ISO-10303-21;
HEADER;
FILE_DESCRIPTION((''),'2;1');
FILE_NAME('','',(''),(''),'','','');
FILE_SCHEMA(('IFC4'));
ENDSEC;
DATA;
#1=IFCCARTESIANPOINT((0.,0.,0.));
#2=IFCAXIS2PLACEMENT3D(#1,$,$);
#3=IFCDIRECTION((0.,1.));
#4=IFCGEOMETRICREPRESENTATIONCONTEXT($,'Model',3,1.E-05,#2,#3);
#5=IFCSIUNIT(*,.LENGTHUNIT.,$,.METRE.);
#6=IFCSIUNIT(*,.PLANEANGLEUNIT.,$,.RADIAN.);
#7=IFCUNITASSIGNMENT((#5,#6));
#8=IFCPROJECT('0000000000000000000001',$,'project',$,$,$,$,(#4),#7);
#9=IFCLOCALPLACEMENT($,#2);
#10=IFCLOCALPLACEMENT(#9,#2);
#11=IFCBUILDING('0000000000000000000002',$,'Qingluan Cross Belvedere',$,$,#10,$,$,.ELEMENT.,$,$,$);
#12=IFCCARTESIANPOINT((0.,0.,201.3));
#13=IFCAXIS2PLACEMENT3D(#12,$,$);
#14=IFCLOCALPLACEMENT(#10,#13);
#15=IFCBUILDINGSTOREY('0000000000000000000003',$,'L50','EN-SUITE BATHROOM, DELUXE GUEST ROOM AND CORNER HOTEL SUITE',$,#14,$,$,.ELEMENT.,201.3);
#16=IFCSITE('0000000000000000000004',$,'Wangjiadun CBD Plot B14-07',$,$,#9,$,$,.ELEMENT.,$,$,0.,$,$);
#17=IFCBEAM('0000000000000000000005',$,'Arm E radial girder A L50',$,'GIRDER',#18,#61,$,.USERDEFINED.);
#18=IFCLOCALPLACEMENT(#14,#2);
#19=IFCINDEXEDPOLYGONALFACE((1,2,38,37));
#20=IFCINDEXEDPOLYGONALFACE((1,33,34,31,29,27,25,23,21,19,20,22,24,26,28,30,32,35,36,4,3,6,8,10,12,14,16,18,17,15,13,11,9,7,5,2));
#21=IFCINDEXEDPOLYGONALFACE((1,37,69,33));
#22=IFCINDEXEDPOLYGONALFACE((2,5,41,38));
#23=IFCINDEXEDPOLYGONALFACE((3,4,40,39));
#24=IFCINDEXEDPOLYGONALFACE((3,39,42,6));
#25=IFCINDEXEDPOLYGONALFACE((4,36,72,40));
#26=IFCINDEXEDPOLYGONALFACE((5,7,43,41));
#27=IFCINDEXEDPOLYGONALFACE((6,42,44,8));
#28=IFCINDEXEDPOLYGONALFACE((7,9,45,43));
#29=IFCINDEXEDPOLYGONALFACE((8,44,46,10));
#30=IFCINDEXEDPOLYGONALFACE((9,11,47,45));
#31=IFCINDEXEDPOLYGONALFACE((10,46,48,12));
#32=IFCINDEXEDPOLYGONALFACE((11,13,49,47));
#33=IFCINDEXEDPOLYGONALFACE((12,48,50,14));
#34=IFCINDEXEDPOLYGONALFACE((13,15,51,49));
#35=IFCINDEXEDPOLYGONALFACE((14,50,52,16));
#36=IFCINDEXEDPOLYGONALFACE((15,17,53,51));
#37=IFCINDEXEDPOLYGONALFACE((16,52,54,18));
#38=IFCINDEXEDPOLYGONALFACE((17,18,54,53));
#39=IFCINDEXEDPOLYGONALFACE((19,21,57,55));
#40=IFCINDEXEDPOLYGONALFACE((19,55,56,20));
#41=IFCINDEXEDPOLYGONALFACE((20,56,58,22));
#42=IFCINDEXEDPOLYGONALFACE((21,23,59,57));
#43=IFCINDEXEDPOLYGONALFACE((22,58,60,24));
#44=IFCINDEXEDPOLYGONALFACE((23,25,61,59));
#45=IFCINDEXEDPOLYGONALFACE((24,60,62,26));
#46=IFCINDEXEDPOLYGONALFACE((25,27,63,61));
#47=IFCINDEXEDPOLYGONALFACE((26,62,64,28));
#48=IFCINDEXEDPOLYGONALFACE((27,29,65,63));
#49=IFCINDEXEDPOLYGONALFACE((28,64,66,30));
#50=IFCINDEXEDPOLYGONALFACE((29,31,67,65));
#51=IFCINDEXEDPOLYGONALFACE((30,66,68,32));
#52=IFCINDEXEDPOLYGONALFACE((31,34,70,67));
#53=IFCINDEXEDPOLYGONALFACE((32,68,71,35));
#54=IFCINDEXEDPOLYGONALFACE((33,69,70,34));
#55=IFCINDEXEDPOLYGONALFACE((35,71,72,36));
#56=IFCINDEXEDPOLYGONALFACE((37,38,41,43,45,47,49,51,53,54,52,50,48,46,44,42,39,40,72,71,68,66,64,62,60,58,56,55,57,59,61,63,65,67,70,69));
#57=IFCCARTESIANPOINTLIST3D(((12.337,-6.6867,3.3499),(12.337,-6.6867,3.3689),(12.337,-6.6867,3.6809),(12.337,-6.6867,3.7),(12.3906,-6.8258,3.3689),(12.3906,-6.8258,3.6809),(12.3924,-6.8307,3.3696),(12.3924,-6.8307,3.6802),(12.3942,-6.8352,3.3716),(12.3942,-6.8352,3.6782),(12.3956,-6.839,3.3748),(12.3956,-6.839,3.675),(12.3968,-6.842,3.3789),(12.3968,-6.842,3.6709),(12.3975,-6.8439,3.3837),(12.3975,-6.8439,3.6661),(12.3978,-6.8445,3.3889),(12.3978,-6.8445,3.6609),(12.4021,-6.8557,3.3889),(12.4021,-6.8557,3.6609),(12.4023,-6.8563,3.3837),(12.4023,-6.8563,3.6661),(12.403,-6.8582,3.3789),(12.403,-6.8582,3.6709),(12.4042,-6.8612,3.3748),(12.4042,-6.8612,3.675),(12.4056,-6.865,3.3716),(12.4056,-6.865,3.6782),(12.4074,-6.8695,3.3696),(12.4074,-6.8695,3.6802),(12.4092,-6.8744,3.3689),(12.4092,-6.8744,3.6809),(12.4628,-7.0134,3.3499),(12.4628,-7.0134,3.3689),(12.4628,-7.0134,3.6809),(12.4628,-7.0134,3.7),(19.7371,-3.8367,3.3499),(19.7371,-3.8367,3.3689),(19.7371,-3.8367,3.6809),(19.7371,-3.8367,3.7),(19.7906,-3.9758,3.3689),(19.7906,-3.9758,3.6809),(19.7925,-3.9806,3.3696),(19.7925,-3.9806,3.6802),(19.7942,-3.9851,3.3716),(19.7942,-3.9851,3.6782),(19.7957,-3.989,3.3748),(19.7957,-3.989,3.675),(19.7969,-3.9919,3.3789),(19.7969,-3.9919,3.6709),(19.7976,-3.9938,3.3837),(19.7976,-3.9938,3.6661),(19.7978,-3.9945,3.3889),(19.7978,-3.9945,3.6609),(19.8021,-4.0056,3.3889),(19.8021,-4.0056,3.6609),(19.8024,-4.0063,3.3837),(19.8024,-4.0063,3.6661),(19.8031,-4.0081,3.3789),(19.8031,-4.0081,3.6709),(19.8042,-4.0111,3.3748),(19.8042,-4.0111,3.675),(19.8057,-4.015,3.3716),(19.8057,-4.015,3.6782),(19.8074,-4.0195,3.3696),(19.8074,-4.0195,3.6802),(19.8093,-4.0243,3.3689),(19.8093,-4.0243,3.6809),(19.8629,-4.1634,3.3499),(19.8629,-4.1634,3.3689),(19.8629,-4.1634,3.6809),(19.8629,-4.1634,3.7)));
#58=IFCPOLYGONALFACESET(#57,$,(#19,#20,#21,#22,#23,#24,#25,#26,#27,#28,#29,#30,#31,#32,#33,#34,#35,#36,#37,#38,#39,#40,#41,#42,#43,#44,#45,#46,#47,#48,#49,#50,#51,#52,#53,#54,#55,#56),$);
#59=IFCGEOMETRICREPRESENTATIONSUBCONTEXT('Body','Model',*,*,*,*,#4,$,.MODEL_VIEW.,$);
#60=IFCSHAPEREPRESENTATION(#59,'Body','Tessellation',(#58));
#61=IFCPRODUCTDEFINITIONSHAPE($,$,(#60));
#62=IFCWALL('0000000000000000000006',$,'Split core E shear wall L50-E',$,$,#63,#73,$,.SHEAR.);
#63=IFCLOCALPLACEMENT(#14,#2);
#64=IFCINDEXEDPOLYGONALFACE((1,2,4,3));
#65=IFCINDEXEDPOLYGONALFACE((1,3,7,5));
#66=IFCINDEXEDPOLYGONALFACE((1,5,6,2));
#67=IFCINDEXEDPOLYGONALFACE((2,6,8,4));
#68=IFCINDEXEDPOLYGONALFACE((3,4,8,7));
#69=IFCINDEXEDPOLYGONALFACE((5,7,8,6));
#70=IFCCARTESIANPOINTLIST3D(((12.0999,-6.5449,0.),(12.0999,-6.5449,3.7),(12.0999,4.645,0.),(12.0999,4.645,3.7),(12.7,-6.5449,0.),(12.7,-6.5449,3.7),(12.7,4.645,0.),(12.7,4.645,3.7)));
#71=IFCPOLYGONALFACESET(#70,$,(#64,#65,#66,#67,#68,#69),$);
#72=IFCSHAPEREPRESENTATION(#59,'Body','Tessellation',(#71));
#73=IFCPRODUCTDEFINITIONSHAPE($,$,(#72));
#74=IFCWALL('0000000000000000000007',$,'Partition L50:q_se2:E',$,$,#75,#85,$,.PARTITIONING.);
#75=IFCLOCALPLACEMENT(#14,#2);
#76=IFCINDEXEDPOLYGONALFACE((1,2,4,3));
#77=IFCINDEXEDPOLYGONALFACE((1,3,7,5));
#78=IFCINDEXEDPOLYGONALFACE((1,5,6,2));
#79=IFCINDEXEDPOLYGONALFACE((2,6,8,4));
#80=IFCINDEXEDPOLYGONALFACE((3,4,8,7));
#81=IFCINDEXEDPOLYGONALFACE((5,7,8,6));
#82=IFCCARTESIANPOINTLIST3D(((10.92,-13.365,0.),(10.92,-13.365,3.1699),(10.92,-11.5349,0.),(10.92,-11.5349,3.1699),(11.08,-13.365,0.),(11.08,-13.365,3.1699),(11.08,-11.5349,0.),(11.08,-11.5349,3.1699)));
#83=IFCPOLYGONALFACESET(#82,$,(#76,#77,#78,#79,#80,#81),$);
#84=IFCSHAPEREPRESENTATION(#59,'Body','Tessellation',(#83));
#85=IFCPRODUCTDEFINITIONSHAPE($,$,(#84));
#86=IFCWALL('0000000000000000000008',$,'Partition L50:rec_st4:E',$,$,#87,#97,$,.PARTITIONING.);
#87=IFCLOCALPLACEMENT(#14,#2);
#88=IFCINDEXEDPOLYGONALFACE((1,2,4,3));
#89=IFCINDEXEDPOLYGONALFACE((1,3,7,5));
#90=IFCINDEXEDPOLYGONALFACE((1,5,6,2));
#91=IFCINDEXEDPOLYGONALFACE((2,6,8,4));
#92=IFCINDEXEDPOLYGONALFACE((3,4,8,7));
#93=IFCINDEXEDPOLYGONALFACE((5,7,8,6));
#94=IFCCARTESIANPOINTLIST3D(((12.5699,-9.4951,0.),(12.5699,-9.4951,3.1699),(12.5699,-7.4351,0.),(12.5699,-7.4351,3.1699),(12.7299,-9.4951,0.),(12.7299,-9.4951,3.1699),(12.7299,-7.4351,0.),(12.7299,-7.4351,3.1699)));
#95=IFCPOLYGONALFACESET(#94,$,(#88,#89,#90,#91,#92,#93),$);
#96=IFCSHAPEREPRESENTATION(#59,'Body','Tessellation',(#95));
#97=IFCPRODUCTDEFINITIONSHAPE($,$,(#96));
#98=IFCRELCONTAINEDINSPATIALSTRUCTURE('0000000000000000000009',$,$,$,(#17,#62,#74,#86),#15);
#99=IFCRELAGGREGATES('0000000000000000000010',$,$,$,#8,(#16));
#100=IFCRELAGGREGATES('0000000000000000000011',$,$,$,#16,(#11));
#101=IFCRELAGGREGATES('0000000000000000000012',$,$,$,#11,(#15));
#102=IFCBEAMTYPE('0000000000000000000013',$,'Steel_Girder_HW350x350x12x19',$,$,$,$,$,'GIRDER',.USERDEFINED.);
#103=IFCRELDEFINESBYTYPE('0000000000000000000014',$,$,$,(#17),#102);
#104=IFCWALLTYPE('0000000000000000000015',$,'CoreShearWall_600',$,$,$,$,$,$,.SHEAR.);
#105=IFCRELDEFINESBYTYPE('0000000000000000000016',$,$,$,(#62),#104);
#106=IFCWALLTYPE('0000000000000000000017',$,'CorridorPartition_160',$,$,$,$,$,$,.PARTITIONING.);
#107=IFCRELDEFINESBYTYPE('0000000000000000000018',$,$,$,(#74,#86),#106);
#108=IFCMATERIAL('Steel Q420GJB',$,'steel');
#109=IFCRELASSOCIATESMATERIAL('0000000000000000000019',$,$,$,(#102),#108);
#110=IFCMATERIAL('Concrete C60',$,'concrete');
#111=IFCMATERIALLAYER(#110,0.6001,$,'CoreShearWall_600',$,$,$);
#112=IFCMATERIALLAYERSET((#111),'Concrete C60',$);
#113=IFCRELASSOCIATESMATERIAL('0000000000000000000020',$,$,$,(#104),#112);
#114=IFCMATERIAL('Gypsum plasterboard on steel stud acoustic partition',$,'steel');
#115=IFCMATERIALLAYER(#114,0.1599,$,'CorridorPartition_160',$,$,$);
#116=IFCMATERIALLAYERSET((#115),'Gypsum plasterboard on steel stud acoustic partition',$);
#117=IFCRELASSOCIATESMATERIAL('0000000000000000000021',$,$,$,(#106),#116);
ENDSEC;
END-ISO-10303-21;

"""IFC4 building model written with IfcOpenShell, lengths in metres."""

from ifc_helpers import new_model, si_unit, direction, frame, frame_2d, origin, origin_2d, place, context, subcontext, project, spatial, rectangle, i_section, extrude, material, layer, layer_set, material_profile, profile_set, type_object, element, save


model = new_model("IFC4")

# Units and contexts
model_context = context("Model", 3, precision=1e-05, world=origin(), true_north=direction((0.0, 1.0)))
body_context = subcontext(model_context, "Body", "Model", "MODEL_VIEW")
ifc_project = project(units=[si_unit("LENGTHUNIT", "METRE"), si_unit("PLANEANGLEUNIT", "RADIAN")], contexts=[model_context])

# Site, building, storey
site_placement = place(None, origin())
site = spatial("IfcSite", under=ifc_project, at=site_placement, Name="Wangjiadun CBD Plot B14-07", CompositionType="ELEMENT", RefElevation=0.0)
building_placement = place(site_placement, origin())
building = spatial("IfcBuilding", under=site, at=building_placement, Name="Qingluan Cross Belvedere", CompositionType="ELEMENT")
storey_placement = place(building_placement, frame((0.0, 0.0, 201.3)))
storey = spatial("IfcBuildingStorey", under=building, at=storey_placement, Name="L50", Description="EN-SUITE BATHROOM, DELUXE GUEST ROOM AND CORNER HOTEL SUITE", CompositionType="ELEMENT", Elevation=201.3)

# Beam
ifc_material_1 = material(Name="Steel Q420GJB", Category="steel")
ifc_material_profile_1 = material_profile(ifc_material_1, i_section(OverallWidth=0.3501, OverallDepth=0.3501, WebThickness=0.012, FlangeThickness=0.019, FilletRadius=0.02, at=origin_2d()), Name="HW350x350x12x19")
ifc_profile_set_1 = profile_set([ifc_material_profile_1], Name="Steel Q420GJB")
beam_type_1 = type_object("IfcBeamType", Name="Steel_Girder_HW350x350x12x19", ElementType="GIRDER", PredefinedType="USERDEFINED", material=ifc_profile_set_1)
beam_1_placement = place(storey_placement, frame((12.3999, -6.8501, 3.5249), z_axis=(0.933181, 0.359406, 0.0), x_axis=(-0.359406, 0.933181, 0.0)))
element("IfcBeam", 1, at=beam_1_placement, inside=storey, type_object=beam_type_1, Name="Arm E radial girder A L50", ObjectType="GIRDER", PredefinedType="USERDEFINED", context=body_context, shape_type="SweptSolid", body=[
    extrude(i_section(OverallWidth=0.3501, OverallDepth=0.3501, WebThickness=0.012, FlangeThickness=0.019, FilletRadius=0.02, at=origin_2d()), origin(), (0.0, 0.0, 1.0), 7.9299),
])

# Walls
ifc_material_2 = material(Name="Concrete C60", Category="concrete")
ifc_layer_1 = layer(ifc_material_2, 0.6001, Name="CoreShearWall_600")
ifc_layer_set_1 = layer_set([ifc_layer_1], Name="Concrete C60")
wall_type_1 = type_object("IfcWallType", Name="CoreShearWall_600", PredefinedType="SHEAR", material=ifc_layer_set_1)
wall_1_placement = place(storey_placement, frame((12.3999, -6.5449, 0.0), z_axis=(0.0, 0.0, 1.0), x_axis=(0.0, 1.0, 0.0)))
element("IfcWall", 2, at=wall_1_placement, inside=storey, type_object=wall_type_1, Name="Split core E shear wall L50-E", PredefinedType="SHEAR", context=body_context, shape_type="SweptSolid", body=[
    extrude(rectangle(XDim=11.1899, YDim=0.6001, at=frame_2d((5.595, 0.0))), origin(), (0.0, 0.0, 1.0), 3.7),
])
ifc_material_3 = material(Name="Gypsum plasterboard on steel stud acoustic partition", Category="steel")
ifc_layer_2 = layer(ifc_material_3, 0.1599, Name="CorridorPartition_160")
ifc_layer_set_2 = layer_set([ifc_layer_2], Name="Gypsum plasterboard on steel stud acoustic partition")
wall_type_2 = type_object("IfcWallType", Name="CorridorPartition_160", PredefinedType="PARTITIONING", material=ifc_layer_set_2)
wall_2_placement = place(storey_placement, frame((11.0, -13.365, 0.0), z_axis=(0.0, 0.0, 1.0), x_axis=(0.0, 1.0, 0.0)))
element("IfcWall", 3, at=wall_2_placement, inside=storey, type_object=wall_type_2, Name="Partition L50:q_se2:E", PredefinedType="PARTITIONING", context=body_context, shape_type="SweptSolid", body=[
    extrude(rectangle(XDim=1.8301, YDim=0.1599, at=frame_2d((0.915, 0.0))), origin(), (0.0, 0.0, 1.0), 3.1699),
])
wall_3_placement = place(storey_placement, frame((12.6499, -9.4951, 0.0), z_axis=(0.0, 0.0, 1.0), x_axis=(0.0, 1.0, 0.0)))
element("IfcWall", 4, at=wall_3_placement, inside=storey, type_object=wall_type_2, Name="Partition L50:rec_st4:E", PredefinedType="PARTITIONING", context=body_context, shape_type="SweptSolid", body=[
    extrude(rectangle(XDim=2.0601, YDim=0.1599, at=frame_2d((1.03, 0.0))), origin(), (0.0, 0.0, 1.0), 3.1699),
])

save(model, "model.ifc")
